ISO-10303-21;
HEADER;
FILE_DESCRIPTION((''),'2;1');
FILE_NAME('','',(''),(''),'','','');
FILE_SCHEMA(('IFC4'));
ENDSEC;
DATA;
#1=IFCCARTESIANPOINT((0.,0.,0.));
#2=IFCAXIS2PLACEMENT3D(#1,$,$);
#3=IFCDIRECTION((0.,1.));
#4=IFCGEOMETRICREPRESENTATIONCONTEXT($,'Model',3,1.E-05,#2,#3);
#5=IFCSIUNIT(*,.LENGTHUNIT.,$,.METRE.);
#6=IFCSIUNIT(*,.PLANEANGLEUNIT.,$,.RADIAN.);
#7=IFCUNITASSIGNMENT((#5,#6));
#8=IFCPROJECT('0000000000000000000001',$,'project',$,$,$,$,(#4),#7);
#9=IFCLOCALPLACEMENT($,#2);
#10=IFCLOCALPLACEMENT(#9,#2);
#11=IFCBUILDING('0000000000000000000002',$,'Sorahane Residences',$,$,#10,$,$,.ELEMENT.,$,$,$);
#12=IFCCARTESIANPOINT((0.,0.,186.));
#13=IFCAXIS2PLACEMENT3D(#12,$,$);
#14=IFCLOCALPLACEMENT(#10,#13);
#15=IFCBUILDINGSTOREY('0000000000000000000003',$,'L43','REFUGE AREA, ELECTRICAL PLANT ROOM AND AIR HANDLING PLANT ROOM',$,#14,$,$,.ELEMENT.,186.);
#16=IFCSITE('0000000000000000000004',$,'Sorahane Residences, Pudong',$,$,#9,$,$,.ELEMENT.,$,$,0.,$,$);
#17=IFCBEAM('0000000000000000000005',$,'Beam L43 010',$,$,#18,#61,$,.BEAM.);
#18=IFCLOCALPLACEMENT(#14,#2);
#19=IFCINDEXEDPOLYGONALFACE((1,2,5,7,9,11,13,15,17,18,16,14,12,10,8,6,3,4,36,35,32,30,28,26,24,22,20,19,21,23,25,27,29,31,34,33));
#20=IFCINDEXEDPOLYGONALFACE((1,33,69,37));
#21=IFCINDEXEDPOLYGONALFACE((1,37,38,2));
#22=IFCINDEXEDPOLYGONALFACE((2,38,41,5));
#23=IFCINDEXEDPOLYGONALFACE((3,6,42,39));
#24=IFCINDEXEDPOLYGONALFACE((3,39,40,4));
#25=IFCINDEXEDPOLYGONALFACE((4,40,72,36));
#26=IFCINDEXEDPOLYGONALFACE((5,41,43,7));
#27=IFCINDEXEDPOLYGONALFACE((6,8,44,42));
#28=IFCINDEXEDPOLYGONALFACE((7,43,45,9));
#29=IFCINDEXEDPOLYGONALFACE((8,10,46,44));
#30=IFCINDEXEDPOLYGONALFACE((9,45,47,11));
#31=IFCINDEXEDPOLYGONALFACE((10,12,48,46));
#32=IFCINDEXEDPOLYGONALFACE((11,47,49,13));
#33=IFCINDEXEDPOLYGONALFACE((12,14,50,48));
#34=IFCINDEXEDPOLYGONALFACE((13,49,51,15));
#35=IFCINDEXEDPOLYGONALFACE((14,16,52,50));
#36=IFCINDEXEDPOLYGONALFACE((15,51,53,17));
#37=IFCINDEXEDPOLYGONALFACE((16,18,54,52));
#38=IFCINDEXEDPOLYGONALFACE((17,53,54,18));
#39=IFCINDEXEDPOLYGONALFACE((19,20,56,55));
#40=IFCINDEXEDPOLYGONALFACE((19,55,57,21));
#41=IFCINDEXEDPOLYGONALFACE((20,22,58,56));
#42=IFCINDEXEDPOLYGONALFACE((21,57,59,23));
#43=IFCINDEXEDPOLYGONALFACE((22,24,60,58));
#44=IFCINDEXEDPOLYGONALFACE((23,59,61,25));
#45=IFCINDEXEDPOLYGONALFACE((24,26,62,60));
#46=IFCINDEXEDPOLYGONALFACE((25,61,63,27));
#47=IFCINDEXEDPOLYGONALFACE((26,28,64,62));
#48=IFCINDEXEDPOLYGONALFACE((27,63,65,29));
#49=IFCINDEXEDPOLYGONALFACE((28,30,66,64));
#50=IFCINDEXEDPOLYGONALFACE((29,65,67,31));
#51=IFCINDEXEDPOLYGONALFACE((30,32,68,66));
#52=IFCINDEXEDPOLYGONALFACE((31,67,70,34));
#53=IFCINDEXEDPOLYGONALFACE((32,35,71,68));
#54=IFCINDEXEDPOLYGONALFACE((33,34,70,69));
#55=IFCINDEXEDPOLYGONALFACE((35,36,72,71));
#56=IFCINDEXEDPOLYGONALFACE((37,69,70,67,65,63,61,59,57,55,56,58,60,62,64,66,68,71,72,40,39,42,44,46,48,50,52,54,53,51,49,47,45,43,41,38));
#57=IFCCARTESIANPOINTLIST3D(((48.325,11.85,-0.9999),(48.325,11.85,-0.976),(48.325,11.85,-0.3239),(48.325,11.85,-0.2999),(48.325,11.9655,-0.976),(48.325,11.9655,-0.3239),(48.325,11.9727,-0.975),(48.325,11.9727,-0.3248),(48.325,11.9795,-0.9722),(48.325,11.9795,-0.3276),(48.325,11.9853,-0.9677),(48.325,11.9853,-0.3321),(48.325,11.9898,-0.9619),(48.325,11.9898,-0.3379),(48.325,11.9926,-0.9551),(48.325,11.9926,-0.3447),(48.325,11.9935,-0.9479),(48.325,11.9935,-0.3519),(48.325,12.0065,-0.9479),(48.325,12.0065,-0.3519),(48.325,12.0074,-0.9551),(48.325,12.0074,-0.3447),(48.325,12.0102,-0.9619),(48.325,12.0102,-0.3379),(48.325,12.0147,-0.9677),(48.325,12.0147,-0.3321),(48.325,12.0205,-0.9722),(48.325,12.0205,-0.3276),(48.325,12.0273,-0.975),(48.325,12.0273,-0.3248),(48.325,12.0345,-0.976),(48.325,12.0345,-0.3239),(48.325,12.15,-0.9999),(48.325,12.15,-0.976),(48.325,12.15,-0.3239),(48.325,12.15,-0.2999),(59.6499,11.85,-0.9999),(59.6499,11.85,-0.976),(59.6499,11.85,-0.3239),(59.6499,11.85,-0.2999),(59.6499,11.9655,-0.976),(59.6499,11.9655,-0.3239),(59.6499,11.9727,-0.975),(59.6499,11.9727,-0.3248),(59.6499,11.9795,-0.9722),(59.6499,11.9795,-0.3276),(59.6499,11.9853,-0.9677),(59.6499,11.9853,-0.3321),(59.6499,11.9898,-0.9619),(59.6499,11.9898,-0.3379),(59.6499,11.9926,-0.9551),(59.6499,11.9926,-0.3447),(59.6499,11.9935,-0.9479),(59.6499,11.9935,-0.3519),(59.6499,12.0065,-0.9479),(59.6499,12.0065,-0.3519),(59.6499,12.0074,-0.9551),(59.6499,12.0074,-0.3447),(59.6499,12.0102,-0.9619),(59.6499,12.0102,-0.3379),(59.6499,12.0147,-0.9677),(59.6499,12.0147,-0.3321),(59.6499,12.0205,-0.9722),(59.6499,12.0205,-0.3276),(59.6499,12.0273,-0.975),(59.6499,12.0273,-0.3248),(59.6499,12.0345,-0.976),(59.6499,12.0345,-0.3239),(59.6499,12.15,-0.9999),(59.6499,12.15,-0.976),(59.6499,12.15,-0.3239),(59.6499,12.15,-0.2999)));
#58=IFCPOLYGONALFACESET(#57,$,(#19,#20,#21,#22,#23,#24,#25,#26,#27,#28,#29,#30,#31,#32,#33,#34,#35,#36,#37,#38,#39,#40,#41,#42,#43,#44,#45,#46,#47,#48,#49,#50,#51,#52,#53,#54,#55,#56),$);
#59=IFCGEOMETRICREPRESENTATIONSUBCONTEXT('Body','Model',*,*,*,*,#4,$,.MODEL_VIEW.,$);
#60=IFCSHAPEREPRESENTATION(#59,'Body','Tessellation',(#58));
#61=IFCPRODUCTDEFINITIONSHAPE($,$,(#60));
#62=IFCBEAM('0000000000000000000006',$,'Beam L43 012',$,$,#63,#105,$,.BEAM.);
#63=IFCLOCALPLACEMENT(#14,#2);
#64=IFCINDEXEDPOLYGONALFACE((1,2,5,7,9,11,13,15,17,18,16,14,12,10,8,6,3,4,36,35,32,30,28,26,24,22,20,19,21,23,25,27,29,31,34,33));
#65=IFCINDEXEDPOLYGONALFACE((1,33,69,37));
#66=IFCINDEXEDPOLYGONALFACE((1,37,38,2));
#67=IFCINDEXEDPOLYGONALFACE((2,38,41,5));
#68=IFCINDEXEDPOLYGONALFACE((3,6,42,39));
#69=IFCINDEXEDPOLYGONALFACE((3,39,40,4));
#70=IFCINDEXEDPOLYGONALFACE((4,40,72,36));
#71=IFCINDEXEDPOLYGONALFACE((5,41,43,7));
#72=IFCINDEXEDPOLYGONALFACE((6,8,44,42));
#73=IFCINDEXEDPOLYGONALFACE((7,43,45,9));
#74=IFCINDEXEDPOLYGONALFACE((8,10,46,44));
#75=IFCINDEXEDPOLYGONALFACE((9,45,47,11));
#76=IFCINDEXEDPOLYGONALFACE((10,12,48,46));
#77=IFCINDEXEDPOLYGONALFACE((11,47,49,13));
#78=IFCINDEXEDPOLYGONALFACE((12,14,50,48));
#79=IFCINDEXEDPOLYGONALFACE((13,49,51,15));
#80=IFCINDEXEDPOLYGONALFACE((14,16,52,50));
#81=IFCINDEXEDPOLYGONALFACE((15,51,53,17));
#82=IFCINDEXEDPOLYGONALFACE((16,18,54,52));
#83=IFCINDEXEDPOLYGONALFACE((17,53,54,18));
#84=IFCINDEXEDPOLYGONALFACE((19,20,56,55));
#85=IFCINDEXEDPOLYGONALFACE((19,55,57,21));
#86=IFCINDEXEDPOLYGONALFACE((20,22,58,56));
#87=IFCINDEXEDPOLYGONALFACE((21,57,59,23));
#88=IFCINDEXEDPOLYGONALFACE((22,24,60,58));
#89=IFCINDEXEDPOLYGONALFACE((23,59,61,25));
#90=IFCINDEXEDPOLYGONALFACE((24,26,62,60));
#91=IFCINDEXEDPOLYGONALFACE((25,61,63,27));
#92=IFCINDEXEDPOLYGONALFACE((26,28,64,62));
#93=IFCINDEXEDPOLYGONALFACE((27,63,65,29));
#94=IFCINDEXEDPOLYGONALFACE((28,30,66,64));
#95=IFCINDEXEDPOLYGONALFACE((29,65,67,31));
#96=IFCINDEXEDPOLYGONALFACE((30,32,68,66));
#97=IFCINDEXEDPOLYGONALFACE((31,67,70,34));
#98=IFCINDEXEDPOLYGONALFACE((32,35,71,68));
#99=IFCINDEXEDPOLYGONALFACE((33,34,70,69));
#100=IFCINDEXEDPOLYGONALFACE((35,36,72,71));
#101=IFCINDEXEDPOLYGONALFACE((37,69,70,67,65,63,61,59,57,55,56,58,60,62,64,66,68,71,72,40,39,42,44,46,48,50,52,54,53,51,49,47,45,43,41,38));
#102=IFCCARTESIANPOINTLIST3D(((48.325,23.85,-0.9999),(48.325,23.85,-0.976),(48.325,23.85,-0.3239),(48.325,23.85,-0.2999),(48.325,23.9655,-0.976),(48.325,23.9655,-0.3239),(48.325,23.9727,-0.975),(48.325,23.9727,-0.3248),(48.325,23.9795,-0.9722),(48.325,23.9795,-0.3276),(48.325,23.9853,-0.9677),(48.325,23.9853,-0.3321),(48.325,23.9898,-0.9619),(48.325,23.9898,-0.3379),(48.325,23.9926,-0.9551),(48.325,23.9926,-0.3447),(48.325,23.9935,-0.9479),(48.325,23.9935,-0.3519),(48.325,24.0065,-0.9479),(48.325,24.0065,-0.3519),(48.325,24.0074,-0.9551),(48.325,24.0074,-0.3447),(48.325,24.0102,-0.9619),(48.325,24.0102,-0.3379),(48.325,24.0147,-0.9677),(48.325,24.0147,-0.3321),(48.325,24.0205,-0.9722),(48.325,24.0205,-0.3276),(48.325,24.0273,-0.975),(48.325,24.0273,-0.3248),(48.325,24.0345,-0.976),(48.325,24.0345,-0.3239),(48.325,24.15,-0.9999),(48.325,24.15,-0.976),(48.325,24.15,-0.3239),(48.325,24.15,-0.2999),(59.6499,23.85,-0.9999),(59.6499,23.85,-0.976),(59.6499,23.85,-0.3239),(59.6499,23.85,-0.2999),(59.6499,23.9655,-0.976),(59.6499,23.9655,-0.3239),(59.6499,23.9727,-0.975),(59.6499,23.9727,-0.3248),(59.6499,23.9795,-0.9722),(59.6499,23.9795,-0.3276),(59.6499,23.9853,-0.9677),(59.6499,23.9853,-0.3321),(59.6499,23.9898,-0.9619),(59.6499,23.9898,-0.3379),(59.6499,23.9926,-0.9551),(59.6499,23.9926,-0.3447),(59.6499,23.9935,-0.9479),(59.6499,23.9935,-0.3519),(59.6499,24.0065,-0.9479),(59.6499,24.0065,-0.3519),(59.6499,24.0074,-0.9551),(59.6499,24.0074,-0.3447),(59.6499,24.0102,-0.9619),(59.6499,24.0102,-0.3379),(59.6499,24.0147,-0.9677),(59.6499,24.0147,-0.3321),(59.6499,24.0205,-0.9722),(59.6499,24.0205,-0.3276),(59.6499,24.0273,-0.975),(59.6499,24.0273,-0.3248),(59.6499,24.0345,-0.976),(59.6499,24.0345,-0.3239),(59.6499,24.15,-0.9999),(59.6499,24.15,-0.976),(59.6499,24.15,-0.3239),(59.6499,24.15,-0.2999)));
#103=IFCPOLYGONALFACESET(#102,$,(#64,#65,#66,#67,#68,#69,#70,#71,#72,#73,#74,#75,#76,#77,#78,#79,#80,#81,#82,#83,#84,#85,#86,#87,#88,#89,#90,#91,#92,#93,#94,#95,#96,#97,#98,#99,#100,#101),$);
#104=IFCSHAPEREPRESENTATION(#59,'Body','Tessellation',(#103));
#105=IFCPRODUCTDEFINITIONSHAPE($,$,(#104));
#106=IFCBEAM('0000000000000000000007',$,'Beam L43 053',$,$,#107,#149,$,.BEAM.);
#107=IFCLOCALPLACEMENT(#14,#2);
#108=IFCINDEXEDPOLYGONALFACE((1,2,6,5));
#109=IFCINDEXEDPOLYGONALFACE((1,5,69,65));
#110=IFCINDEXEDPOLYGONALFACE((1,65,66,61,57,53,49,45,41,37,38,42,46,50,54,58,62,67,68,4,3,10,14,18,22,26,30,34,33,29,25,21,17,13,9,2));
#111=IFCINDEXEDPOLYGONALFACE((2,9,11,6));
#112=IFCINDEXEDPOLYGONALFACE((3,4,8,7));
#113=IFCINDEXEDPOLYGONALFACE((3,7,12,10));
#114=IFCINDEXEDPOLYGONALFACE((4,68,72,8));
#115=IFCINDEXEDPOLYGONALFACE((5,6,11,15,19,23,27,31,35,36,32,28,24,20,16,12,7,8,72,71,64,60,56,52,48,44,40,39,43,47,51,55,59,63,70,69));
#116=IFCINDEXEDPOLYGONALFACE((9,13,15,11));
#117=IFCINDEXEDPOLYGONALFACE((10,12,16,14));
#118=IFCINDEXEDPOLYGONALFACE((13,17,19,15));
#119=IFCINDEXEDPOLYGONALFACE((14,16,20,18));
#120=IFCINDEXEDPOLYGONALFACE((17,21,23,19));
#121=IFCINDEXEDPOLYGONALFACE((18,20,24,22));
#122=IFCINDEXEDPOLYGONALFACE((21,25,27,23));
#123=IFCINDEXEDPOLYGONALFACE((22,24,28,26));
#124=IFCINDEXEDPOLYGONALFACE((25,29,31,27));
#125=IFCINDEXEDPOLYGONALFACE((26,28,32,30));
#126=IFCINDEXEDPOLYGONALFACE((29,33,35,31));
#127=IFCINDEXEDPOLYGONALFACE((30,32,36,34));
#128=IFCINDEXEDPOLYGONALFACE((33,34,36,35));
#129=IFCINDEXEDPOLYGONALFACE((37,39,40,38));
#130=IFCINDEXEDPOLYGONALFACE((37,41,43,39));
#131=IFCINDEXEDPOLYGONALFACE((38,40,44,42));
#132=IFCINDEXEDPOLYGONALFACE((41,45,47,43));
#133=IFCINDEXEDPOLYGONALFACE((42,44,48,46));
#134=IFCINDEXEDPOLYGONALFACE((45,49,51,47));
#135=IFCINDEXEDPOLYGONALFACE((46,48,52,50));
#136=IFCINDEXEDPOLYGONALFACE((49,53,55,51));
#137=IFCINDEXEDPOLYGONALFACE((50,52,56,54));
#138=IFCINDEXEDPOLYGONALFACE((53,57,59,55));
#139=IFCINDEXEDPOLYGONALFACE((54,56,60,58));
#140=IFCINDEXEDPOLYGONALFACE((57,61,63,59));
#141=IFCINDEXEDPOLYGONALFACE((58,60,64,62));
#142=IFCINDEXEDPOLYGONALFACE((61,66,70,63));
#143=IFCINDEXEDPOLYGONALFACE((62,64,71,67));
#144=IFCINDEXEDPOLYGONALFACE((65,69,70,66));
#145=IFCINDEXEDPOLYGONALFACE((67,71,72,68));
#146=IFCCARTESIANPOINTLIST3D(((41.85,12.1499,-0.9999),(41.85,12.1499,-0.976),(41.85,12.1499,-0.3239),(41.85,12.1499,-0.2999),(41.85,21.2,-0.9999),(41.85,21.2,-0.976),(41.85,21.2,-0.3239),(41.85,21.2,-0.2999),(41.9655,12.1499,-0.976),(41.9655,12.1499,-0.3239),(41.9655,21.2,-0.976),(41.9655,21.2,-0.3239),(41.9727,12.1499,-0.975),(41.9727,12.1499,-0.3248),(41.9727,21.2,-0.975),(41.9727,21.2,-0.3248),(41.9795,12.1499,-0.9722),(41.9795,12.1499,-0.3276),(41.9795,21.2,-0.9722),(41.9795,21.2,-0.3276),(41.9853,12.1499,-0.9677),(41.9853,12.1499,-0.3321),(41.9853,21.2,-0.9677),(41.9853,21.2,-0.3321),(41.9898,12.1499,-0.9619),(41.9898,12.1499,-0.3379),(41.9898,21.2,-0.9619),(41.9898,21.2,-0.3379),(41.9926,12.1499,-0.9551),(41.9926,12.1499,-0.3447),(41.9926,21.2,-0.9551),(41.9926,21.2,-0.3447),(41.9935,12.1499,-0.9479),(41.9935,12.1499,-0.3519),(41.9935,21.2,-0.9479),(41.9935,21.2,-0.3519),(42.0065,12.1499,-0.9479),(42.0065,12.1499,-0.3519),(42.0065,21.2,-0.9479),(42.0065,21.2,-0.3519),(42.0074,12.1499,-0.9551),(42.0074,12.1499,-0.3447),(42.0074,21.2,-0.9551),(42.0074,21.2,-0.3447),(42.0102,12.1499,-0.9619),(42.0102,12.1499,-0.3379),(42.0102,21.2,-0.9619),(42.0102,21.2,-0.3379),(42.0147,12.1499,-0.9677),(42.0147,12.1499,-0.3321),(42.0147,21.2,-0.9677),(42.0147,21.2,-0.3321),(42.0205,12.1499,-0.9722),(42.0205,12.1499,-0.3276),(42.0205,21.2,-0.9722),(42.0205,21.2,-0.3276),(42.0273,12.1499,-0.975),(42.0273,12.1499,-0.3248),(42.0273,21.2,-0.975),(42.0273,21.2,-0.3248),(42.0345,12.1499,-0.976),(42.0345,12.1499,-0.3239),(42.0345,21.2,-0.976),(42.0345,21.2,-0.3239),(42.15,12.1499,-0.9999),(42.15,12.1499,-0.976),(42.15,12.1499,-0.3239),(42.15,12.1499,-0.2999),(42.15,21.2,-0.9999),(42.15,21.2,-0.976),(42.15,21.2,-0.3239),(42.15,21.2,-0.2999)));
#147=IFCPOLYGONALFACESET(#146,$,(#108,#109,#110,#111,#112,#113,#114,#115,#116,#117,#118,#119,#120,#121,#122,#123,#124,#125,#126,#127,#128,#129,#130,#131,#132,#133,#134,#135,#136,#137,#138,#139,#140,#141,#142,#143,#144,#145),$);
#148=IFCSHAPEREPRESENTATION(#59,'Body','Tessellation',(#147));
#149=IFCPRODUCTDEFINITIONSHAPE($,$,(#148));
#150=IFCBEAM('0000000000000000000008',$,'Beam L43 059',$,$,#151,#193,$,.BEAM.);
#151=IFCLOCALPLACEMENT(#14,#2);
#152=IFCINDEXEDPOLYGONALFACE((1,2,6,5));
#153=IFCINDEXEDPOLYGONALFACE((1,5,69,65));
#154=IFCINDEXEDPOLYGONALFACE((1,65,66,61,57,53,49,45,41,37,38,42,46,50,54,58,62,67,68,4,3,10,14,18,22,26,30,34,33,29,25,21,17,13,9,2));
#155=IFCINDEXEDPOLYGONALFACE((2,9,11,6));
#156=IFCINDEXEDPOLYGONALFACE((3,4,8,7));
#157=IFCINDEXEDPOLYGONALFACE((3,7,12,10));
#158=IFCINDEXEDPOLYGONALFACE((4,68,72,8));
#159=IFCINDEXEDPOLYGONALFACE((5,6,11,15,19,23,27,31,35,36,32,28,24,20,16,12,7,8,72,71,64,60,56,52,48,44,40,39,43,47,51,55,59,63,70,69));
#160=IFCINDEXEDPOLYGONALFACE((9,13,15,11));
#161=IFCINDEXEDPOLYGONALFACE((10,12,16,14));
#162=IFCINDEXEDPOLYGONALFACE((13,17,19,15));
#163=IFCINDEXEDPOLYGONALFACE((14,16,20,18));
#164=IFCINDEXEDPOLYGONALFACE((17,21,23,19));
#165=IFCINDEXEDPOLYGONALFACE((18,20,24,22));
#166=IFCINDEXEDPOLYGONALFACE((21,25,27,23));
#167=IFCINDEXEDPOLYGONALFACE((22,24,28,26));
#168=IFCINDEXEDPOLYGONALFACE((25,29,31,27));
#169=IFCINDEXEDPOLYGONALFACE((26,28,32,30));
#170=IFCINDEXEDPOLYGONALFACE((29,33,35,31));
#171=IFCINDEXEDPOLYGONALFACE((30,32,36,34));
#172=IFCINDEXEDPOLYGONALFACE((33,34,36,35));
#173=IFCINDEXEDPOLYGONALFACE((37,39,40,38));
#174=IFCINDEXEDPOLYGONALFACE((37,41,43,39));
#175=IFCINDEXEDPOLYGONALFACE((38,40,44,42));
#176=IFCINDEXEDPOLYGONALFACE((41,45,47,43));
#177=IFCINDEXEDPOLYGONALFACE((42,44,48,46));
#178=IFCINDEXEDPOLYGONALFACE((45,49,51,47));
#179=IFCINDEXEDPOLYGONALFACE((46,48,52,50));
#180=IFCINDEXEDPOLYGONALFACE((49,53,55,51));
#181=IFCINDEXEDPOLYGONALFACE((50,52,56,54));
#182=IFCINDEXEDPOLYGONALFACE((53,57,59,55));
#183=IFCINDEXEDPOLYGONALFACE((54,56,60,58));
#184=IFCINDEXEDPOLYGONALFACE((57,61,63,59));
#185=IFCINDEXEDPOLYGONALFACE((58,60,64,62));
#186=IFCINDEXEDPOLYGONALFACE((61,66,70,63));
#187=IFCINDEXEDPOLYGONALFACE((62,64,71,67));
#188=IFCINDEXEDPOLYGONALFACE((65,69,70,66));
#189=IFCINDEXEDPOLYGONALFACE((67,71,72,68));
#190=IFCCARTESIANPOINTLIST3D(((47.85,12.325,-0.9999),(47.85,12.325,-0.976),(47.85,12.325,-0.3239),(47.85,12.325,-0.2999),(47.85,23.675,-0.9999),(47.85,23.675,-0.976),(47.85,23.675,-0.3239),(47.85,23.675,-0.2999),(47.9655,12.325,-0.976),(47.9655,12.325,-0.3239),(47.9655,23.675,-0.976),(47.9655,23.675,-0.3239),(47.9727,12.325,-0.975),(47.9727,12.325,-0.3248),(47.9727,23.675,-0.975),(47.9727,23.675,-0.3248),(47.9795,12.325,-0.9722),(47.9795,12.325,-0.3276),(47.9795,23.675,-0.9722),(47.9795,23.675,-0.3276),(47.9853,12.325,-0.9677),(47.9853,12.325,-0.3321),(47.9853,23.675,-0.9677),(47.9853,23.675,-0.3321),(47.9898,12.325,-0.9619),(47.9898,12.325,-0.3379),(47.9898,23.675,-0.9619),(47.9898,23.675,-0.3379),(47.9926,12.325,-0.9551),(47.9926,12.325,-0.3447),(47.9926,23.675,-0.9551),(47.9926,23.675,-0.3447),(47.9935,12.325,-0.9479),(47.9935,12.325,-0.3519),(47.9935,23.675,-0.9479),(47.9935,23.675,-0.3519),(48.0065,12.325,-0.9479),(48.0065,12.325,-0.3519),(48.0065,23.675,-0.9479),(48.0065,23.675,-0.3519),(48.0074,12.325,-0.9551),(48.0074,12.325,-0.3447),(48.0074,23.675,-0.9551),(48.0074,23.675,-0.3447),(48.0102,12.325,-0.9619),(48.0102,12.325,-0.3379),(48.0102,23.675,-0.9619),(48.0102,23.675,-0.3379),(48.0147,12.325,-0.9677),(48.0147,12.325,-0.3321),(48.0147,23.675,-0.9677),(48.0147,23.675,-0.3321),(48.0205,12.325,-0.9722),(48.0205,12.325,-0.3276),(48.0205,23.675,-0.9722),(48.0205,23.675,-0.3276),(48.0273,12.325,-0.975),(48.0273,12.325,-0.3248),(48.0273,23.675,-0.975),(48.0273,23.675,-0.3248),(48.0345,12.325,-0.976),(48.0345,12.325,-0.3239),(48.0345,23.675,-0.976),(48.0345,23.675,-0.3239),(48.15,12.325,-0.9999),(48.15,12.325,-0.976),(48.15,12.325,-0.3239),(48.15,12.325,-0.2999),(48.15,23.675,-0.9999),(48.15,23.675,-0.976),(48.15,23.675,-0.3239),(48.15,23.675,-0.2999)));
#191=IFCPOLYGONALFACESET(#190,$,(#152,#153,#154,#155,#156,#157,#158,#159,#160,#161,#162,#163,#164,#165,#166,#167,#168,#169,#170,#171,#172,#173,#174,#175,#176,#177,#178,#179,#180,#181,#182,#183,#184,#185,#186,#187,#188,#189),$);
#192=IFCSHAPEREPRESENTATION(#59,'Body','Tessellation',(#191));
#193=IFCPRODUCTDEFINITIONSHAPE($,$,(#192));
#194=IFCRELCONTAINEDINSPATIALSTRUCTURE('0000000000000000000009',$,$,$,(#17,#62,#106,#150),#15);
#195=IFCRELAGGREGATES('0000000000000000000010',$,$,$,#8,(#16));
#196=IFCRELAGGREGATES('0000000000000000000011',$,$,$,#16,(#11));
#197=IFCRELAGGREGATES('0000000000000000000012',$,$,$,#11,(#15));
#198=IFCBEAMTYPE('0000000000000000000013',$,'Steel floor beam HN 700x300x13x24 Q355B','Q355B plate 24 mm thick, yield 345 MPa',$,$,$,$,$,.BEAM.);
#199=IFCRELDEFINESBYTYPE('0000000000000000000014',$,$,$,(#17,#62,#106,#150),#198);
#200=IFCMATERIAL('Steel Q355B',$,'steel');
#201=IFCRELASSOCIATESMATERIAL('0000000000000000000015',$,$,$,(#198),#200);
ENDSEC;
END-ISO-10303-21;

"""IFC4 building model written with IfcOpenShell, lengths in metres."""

from ifc_helpers import new_model, si_unit, direction, frame, origin, origin_2d, place, context, subcontext, project, spatial, i_section, extrude, material, material_profile, profile_set, type_object, element, save


model = new_model("IFC4")

# Units and contexts
model_context = context("Model", 3, precision=1e-05, world=origin(), true_north=direction((0.0, 1.0)))
body_context = subcontext(model_context, "Body", "Model", "MODEL_VIEW")
ifc_project = project(units=[si_unit("LENGTHUNIT", "METRE"), si_unit("PLANEANGLEUNIT", "RADIAN")], contexts=[model_context])

# Site, building, storey
site_placement = place(None, origin())
site = spatial("IfcSite", under=ifc_project, at=site_placement, Name="Sorahane Residences, Pudong", CompositionType="ELEMENT", RefElevation=0.0)
building_placement = place(site_placement, origin())
building = spatial("IfcBuilding", under=site, at=building_placement, Name="Sorahane Residences", CompositionType="ELEMENT")
storey_placement = place(building_placement, frame((0.0, 0.0, 186.0)))
storey = spatial("IfcBuildingStorey", under=building, at=storey_placement, Name="L43", Description="REFUGE AREA, ELECTRICAL PLANT ROOM AND AIR HANDLING PLANT ROOM", CompositionType="ELEMENT", Elevation=186.0)

# Beams
ifc_material_1 = material(Name="Steel Q355B", Category="steel")
ifc_material_profile_1 = material_profile(ifc_material_1, i_section(OverallWidth=0.3, OverallDepth=0.7, WebThickness=0.0129, FlangeThickness=0.0239, FilletRadius=0.0281, at=origin_2d()), Name="HN 700x300x13x24")
ifc_profile_set_1 = profile_set([ifc_material_profile_1], Name="Steel Q355B")
beam_type_1 = type_object("IfcBeamType", Name="Steel floor beam HN 700x300x13x24 Q355B", Description="Q355B plate 24 mm thick, yield 345 MPa", PredefinedType="BEAM", material=ifc_profile_set_1)
for number, where, z_axis, x_axis, name in (
    (1, (48.325, 12.0, -0.6499), (1.0, 0.0, 0.0), (0.0, 1.0, 0.0), "Beam L43 010"),
    (2, (48.325, 24.0, -0.6499), (1.0, 0.0, 0.0), (0.0, 1.0, 0.0), "Beam L43 012"),
):
    element("IfcBeam", number, at=place(storey_placement, frame(where, z_axis=z_axis, x_axis=x_axis)), inside=storey, type_object=beam_type_1, Name=name, PredefinedType="BEAM", context=body_context, shape_type="SweptSolid", body=[
        extrude(i_section(OverallWidth=0.3, OverallDepth=0.7, WebThickness=0.0129, FlangeThickness=0.0239, FilletRadius=0.0281, at=origin_2d()), origin(), (0.0, 0.0, 1.0), 11.325),
    ])
beam_1_placement = place(storey_placement, frame((42.0, 12.1499, -0.6499), z_axis=(0.0, 1.0, 0.0), x_axis=(-1.0, 0.0, 0.0)))
element("IfcBeam", 3, at=beam_1_placement, inside=storey, type_object=beam_type_1, Name="Beam L43 053", PredefinedType="BEAM", context=body_context, shape_type="SweptSolid", body=[
    extrude(i_section(OverallWidth=0.3, OverallDepth=0.7, WebThickness=0.0129, FlangeThickness=0.0239, FilletRadius=0.0281, at=origin_2d()), origin(), (0.0, 0.0, 1.0), 9.05),
])
beam_2_placement = place(storey_placement, frame((48.0, 12.325, -0.6499), z_axis=(0.0, 1.0, 0.0), x_axis=(-1.0, 0.0, 0.0)))
element("IfcBeam", 4, at=beam_2_placement, inside=storey, type_object=beam_type_1, Name="Beam L43 059", PredefinedType="BEAM", context=body_context, shape_type="SweptSolid", body=[
    extrude(i_section(OverallWidth=0.3, OverallDepth=0.7, WebThickness=0.0129, FlangeThickness=0.0239, FilletRadius=0.0281, at=origin_2d()), origin(), (0.0, 0.0, 1.0), 11.3501),
])

save(model, "model.ifc")
